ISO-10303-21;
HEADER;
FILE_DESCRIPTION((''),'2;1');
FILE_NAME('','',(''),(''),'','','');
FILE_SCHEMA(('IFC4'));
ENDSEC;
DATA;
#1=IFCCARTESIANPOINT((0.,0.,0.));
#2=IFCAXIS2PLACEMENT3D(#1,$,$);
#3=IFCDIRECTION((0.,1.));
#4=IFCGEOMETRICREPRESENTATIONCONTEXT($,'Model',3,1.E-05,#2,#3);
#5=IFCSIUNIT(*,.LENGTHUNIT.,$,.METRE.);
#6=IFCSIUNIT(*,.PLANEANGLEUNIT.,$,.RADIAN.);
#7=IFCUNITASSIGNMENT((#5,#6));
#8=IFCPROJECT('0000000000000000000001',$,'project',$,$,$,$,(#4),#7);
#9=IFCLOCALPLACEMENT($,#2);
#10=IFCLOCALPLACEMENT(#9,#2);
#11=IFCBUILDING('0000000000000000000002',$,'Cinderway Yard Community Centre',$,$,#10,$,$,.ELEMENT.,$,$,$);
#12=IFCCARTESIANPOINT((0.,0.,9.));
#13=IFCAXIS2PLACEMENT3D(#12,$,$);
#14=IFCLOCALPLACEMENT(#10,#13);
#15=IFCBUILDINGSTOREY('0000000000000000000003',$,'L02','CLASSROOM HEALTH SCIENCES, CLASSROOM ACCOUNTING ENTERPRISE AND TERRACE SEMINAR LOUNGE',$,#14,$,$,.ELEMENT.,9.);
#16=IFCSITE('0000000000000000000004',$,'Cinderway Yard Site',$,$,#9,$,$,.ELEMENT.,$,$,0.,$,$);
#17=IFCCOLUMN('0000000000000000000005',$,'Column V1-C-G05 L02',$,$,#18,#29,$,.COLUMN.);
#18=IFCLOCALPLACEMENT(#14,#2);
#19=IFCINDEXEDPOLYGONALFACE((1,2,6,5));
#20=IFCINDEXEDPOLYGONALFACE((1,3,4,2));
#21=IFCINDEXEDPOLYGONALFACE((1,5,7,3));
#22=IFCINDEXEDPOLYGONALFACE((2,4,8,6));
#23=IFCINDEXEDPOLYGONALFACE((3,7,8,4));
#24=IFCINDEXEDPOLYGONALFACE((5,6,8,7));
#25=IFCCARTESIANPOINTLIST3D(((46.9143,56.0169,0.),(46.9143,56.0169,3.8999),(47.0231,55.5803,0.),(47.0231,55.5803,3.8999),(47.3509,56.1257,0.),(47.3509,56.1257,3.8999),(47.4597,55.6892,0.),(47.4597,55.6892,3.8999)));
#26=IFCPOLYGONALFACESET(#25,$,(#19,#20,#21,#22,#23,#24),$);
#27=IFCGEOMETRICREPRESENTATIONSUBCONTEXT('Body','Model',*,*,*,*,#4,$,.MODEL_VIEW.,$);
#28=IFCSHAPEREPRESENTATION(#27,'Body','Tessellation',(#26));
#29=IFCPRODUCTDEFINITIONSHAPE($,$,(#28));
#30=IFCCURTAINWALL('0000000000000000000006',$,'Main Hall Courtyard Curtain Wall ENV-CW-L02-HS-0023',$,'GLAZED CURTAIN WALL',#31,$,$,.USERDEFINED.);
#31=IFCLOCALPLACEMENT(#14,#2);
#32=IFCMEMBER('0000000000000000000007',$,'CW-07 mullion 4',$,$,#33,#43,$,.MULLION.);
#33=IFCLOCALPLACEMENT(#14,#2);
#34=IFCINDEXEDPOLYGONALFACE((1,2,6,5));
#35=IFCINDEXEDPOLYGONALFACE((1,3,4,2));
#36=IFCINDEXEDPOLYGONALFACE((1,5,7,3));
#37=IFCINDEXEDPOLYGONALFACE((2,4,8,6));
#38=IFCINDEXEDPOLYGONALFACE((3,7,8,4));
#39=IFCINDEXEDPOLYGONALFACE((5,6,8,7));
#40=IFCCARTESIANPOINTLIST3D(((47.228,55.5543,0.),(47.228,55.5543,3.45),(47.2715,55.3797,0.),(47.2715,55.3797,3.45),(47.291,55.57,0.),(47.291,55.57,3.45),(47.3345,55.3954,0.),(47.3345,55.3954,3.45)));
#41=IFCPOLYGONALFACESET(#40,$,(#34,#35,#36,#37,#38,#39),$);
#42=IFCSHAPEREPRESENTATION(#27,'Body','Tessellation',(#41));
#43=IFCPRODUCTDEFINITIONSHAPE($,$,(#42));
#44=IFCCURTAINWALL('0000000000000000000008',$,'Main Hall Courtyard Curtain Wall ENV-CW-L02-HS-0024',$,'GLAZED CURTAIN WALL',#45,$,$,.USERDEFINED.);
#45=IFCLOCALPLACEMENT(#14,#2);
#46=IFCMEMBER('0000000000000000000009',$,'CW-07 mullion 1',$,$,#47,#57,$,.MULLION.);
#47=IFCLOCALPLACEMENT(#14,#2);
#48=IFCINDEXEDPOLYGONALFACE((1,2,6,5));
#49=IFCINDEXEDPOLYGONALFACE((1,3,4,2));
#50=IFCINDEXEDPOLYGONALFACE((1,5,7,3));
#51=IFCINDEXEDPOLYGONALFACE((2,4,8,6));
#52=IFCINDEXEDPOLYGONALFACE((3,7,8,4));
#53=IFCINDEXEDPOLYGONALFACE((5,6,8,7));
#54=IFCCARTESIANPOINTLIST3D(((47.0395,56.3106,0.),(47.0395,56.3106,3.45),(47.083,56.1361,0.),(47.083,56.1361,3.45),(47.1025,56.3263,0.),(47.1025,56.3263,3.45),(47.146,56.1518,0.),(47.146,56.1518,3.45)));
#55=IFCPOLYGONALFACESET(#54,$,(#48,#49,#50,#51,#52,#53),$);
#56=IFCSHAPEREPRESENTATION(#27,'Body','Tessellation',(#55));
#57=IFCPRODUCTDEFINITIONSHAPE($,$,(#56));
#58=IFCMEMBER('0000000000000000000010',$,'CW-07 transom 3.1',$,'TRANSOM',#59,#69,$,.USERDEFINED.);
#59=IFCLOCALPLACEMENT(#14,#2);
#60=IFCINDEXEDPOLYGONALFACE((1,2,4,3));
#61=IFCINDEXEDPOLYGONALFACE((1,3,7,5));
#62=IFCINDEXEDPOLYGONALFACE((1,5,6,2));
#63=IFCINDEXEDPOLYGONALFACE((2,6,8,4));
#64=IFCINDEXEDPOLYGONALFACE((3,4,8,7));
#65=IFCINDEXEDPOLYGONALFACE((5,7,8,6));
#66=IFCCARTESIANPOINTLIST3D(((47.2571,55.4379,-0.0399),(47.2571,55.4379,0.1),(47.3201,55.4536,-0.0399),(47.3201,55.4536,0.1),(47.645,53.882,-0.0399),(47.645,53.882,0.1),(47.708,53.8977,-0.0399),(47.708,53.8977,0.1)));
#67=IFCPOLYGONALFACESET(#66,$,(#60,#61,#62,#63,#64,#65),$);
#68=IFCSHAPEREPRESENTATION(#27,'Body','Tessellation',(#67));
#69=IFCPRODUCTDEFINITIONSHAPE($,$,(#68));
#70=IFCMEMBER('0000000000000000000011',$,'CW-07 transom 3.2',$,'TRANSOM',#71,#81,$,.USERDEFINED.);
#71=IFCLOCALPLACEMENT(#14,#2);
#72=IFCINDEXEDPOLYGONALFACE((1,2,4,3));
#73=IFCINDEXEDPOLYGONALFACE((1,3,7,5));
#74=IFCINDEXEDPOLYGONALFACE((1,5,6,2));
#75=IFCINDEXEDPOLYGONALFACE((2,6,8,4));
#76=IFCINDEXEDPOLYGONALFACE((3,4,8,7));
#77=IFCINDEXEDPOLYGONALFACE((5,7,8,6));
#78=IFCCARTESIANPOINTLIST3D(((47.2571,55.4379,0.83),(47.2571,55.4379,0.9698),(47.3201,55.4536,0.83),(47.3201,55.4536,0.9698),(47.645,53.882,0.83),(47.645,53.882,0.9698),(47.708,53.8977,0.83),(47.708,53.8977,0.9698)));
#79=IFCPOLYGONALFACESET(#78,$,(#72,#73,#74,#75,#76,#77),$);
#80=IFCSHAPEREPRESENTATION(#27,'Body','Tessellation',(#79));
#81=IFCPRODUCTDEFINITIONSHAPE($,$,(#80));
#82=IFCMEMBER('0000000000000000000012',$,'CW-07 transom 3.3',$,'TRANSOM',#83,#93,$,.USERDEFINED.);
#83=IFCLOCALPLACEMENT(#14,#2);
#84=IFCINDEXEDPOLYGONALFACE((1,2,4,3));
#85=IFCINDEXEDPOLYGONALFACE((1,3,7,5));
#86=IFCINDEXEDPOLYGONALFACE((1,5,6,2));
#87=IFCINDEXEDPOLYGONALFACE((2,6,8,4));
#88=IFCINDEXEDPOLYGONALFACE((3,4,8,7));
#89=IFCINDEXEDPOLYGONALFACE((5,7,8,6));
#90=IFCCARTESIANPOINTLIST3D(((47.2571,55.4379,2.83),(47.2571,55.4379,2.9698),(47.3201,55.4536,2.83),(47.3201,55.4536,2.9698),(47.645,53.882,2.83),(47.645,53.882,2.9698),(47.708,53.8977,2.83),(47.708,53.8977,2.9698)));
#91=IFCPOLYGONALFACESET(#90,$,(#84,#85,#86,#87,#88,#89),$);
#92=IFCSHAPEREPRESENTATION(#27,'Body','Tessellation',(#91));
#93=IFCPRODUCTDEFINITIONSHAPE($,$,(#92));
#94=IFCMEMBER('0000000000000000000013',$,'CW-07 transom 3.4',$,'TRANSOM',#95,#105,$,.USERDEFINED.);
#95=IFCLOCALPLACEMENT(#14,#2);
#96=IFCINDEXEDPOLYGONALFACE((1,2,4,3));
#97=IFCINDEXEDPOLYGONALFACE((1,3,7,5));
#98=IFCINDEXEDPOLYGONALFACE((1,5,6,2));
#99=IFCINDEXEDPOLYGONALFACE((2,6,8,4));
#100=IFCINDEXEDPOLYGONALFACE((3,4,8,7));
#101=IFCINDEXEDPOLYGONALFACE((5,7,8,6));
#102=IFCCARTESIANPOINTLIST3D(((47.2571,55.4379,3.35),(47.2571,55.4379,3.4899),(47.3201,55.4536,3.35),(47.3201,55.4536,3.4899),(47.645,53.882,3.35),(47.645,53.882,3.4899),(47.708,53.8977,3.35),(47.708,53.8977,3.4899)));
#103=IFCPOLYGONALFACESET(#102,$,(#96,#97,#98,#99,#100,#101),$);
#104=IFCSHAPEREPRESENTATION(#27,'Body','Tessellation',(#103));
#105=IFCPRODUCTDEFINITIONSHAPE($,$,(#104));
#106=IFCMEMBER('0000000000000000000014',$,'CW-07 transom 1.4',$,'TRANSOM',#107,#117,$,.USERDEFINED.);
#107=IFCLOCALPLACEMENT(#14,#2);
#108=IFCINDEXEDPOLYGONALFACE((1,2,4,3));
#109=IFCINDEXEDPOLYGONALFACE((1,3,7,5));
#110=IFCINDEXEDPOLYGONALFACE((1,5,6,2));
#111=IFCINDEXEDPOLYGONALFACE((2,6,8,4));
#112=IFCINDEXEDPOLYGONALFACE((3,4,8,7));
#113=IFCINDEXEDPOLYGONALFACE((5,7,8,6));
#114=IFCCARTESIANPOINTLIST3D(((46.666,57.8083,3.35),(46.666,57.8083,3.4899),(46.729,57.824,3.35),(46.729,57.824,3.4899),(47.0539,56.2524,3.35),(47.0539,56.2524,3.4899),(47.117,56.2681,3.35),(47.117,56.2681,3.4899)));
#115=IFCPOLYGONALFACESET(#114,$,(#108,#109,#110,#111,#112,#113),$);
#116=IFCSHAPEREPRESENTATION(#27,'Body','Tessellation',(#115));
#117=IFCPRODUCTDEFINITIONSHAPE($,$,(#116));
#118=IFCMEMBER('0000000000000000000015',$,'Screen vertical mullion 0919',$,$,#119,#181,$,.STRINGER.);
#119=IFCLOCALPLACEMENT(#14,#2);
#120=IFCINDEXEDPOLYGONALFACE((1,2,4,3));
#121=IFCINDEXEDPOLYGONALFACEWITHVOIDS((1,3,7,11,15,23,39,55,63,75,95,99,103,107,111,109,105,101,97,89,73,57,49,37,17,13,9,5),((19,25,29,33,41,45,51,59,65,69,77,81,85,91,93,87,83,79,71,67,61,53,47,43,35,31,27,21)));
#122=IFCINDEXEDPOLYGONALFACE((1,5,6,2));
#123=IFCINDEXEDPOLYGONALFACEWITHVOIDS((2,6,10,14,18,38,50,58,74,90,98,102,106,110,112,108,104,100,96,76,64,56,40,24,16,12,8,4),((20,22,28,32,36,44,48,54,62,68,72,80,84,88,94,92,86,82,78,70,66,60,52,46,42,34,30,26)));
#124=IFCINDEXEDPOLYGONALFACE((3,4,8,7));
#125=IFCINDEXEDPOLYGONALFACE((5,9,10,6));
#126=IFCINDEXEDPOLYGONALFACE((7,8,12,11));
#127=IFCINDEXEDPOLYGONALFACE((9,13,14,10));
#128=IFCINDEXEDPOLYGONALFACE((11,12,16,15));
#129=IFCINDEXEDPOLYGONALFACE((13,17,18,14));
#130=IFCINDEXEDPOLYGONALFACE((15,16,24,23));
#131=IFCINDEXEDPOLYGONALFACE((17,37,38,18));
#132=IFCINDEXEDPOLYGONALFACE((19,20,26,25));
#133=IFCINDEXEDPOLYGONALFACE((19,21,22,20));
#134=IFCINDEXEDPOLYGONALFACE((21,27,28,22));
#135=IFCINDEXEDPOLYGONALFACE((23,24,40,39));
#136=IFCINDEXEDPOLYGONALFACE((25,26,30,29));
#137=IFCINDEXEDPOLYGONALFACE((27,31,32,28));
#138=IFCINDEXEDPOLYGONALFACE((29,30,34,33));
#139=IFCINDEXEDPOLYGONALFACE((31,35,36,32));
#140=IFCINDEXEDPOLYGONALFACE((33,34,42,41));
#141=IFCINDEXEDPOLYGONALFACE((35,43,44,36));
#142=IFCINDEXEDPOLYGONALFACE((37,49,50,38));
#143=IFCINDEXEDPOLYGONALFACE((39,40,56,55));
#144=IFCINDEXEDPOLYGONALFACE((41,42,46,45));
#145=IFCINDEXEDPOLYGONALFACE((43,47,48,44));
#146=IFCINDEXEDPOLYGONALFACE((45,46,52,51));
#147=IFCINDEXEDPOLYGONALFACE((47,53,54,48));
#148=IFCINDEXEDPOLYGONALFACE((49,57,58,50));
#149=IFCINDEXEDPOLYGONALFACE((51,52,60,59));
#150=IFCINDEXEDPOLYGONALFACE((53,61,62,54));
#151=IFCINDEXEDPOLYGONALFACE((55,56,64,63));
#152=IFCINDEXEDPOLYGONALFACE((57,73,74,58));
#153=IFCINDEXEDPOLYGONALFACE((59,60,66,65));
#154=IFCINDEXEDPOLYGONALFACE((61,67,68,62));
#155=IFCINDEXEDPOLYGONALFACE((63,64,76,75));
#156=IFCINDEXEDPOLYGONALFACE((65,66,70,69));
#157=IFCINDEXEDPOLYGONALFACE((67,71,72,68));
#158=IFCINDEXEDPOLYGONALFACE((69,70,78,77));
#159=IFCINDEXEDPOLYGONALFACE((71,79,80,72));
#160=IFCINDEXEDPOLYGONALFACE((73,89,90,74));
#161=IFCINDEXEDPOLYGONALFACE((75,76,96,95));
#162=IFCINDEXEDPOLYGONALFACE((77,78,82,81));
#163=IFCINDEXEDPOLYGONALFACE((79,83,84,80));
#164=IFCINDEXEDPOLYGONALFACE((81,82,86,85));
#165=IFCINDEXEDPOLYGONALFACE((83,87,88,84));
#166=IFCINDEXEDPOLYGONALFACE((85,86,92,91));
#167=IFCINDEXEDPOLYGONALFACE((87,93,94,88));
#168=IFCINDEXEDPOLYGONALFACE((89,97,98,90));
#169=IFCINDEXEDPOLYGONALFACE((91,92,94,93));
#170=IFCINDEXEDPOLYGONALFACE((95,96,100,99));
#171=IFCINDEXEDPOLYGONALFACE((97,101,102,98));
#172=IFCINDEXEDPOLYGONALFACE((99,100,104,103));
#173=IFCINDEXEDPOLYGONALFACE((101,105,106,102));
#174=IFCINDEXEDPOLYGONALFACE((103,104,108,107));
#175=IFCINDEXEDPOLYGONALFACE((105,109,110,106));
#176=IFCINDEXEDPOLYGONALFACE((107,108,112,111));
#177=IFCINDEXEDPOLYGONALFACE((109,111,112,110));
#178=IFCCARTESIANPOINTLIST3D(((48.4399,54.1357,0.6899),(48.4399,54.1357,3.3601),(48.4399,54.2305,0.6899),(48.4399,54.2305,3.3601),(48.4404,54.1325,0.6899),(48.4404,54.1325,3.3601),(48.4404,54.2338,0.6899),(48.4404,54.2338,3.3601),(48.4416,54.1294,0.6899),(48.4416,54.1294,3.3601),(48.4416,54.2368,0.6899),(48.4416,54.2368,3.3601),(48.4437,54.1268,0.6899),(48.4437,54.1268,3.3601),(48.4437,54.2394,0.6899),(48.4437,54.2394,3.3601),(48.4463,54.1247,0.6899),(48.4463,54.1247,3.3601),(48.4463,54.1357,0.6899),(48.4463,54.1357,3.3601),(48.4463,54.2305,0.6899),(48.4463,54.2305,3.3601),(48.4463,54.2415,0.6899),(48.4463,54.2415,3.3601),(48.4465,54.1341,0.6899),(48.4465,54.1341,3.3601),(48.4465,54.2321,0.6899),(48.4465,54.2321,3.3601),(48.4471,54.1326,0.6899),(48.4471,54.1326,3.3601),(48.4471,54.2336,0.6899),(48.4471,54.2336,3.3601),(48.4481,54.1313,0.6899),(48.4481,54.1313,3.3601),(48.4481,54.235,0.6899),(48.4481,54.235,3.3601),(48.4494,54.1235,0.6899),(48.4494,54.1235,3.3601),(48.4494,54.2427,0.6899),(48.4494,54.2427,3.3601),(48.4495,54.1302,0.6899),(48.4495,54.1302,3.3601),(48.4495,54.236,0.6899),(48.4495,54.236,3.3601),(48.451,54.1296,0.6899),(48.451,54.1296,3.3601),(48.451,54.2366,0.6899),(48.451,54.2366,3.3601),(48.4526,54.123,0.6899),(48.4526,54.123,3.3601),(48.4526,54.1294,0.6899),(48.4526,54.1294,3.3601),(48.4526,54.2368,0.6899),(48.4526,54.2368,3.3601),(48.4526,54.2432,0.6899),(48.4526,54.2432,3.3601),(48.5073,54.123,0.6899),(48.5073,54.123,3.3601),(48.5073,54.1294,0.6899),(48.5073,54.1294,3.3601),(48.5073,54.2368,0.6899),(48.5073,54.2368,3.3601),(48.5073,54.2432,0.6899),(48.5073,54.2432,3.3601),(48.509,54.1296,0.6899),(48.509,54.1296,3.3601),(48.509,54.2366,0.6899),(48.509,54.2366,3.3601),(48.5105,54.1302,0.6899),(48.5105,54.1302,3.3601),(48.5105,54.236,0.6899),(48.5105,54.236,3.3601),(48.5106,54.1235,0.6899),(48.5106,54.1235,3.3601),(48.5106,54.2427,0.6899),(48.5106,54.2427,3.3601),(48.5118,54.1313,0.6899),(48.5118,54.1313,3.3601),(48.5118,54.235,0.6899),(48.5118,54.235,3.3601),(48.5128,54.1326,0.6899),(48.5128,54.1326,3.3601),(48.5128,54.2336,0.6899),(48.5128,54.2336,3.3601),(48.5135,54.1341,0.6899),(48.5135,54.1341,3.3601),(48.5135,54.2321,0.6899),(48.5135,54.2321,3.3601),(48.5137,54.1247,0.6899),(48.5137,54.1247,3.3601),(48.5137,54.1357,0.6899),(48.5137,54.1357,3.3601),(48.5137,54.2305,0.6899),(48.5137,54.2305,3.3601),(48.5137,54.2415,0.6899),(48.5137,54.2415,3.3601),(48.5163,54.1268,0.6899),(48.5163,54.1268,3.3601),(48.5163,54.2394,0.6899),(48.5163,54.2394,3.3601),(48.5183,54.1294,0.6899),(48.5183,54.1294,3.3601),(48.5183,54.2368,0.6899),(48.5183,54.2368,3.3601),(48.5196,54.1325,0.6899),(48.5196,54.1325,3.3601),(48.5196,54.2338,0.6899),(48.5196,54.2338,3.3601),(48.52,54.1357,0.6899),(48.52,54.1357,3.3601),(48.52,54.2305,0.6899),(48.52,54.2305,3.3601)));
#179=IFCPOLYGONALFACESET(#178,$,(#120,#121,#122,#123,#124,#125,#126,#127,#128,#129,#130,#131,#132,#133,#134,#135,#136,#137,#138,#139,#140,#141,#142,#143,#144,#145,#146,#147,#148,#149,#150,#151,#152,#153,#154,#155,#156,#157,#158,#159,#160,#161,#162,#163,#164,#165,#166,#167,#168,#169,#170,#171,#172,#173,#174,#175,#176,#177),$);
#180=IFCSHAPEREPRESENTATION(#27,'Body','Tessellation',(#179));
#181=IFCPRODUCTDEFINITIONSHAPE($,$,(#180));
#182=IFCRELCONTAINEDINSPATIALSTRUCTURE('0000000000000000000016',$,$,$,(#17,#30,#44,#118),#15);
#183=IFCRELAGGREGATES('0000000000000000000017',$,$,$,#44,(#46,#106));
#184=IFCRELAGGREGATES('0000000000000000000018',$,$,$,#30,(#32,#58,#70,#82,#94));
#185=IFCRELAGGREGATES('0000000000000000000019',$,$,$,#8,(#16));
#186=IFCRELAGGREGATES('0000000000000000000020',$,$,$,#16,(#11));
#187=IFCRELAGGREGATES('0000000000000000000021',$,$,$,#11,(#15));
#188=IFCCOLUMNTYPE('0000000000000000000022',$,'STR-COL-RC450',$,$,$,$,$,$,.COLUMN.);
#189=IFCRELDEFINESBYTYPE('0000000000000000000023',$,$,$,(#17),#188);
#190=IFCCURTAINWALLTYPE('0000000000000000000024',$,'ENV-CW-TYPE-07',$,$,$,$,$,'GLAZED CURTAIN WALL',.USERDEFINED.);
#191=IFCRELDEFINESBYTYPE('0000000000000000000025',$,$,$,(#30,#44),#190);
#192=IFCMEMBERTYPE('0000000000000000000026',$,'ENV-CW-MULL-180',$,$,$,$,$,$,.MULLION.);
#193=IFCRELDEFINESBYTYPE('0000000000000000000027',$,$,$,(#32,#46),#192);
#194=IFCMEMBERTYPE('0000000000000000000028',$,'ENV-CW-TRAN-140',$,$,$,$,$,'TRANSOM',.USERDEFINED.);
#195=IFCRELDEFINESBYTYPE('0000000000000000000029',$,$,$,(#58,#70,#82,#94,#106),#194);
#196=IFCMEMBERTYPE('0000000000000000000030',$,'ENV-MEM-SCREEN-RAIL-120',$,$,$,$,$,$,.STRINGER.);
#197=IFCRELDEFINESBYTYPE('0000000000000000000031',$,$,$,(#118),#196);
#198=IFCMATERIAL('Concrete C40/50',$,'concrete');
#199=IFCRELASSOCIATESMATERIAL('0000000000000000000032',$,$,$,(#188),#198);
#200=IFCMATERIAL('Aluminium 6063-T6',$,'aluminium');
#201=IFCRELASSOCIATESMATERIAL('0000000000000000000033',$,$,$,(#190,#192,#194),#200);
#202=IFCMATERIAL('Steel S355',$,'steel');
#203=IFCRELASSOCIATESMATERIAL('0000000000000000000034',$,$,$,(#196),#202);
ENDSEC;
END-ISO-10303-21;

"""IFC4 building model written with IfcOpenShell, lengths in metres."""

from ifc_helpers import new_model, si_unit, direction, frame, origin, origin_2d, place, context, subcontext, project, spatial, rectangle, hollow_rectangle, extrude, material, material_profile, profile_set, type_object, element, aggregate, save


model = new_model("IFC4")

# Units and contexts
model_context = context("Model", 3, precision=1e-05, world=origin(), true_north=direction((0.0, 1.0)))
body_context = subcontext(model_context, "Body", "Model", "MODEL_VIEW")
ifc_project = project(units=[si_unit("LENGTHUNIT", "METRE"), si_unit("PLANEANGLEUNIT", "RADIAN")], contexts=[model_context])

# Site, building, storey
site_placement = place(None, origin())
site = spatial("IfcSite", under=ifc_project, at=site_placement, Name="Cinderway Yard Site", CompositionType="ELEMENT", RefElevation=0.0)
building_placement = place(site_placement, origin())
building = spatial("IfcBuilding", under=site, at=building_placement, Name="Cinderway Yard Community Centre", CompositionType="ELEMENT")
storey_placement = place(building_placement, frame((0.0, 0.0, 9.0)))
storey = spatial("IfcBuildingStorey", under=building, at=storey_placement, Name="L02", Description="CLASSROOM HEALTH SCIENCES, CLASSROOM ACCOUNTING ENTERPRISE AND TERRACE SEMINAR LOUNGE", CompositionType="ELEMENT", Elevation=9.0)

# Column
ifc_material_1 = material(Name="Concrete C40/50", Category="concrete")
ifc_material_profile_1 = material_profile(ifc_material_1, rectangle(XDim=0.45, YDim=0.45, at=origin_2d()), Name="Concrete C40/50")
ifc_profile_set_1 = profile_set([ifc_material_profile_1], Name="Concrete C40/50")
column_type = type_object("IfcColumnType", Name="STR-COL-RC450", PredefinedType="COLUMN", material=ifc_profile_set_1)
column_placement = place(storey_placement, frame((47.187, 55.853, 0.0), z_axis=(0.0, 0.0, 1.0), x_axis=(0.970296, 0.241922, 0.0)))
element("IfcColumn", 1, at=column_placement, inside=storey, type_object=column_type, Name="Column V1-C-G05 L02", PredefinedType="COLUMN", context=body_context, shape_type="SweptSolid", body=[
    extrude(rectangle(XDim=0.45, YDim=0.45, at=origin_2d()), origin(), (0.0, 0.0, 1.0), 3.8999),
])

# Curtain walls, members
ifc_material_2 = material(Name="Aluminium 6063-T6", Category="aluminium")
curtain_wall_type = type_object("IfcCurtainWallType", Name="ENV-CW-TYPE-07", ElementType="GLAZED CURTAIN WALL", PredefinedType="USERDEFINED", material=ifc_material_2)
curtain_wall_1_placement = place(storey_placement, origin())
curtain_wall_1 = element("IfcCurtainWall", 2, at=curtain_wall_1_placement, inside=storey, type_object=curtain_wall_type, Name="Main Hall Courtyard Curtain Wall ENV-CW-L02-HS-0023", ObjectType="GLAZED CURTAIN WALL", PredefinedType="USERDEFINED")
ifc_material_profile_2 = material_profile(ifc_material_2, rectangle(XDim=0.0649, YDim=0.1799, at=origin_2d()), Name="Aluminium 6063-T6")
ifc_profile_set_2 = profile_set([ifc_material_profile_2], Name="Aluminium 6063-T6")
member_type_1 = type_object("IfcMemberType", Name="ENV-CW-MULL-180", PredefinedType="MULLION", material=ifc_profile_set_2)
member_1_placement = place(storey_placement, frame((47.2812, 55.4749, 0.0), z_axis=(0.0, 0.0, 1.0), x_axis=(-0.970304, -0.241887, 0.0)))
member_1 = element("IfcMember", 3, at=member_1_placement, type_object=member_type_1, Name="CW-07 mullion 4", PredefinedType="MULLION", context=body_context, shape_type="SweptSolid", body=[
    extrude(rectangle(XDim=0.0649, YDim=0.1799, at=origin_2d()), origin(), (0.0, 0.0, 1.0), 3.45),
])
curtain_wall_2_placement = place(storey_placement, origin())
curtain_wall_2 = element("IfcCurtainWall", 4, at=curtain_wall_2_placement, inside=storey, type_object=curtain_wall_type, Name="Main Hall Courtyard Curtain Wall ENV-CW-L02-HS-0024", ObjectType="GLAZED CURTAIN WALL", PredefinedType="USERDEFINED")
member_2_placement = place(storey_placement, frame((47.0928, 56.2312, 0.0), z_axis=(0.0, 0.0, 1.0), x_axis=(-0.970304, -0.241887, 0.0)))
member_2 = element("IfcMember", 5, at=member_2_placement, type_object=member_type_1, Name="CW-07 mullion 1", PredefinedType="MULLION", context=body_context, shape_type="SweptSolid", body=[
    extrude(rectangle(XDim=0.0649, YDim=0.1799, at=origin_2d()), origin(), (0.0, 0.0, 1.0), 3.45),
])

# Members
ifc_material_profile_3 = material_profile(ifc_material_2, rectangle(XDim=0.0649, YDim=0.1399, at=origin_2d()), Name="Aluminium 6063-T6")
ifc_profile_set_3 = profile_set([ifc_material_profile_3], Name="Aluminium 6063-T6")
member_type_2 = type_object("IfcMemberType", Name="ENV-CW-TRAN-140", ElementType="TRANSOM", PredefinedType="USERDEFINED", material=ifc_profile_set_3)
member_3_placement = place(storey_placement, frame((47.6765, 53.8899, 0.03), z_axis=(-0.241927, 0.970295, 0.0), x_axis=(-0.970295, -0.241927, 0.0)))
member_3 = element("IfcMember", 6, at=member_3_placement, type_object=member_type_2, Name="CW-07 transom 3.1", ObjectType="TRANSOM", PredefinedType="USERDEFINED", context=body_context, shape_type="SweptSolid", body=[
    extrude(rectangle(XDim=0.0649, YDim=0.1399, at=origin_2d()), origin(), (0.0, 0.0, 1.0), 1.6035),
])
member_4_placement = place(storey_placement, frame((47.6765, 53.8899, 0.8999), z_axis=(-0.241927, 0.970295, 0.0), x_axis=(-0.970295, -0.241927, 0.0)))
member_4 = element("IfcMember", 7, at=member_4_placement, type_object=member_type_2, Name="CW-07 transom 3.2", ObjectType="TRANSOM", PredefinedType="USERDEFINED", context=body_context, shape_type="SweptSolid", body=[
    extrude(rectangle(XDim=0.0649, YDim=0.1399, at=origin_2d()), origin(), (0.0, 0.0, 1.0), 1.6035),
])
member_5_placement = place(storey_placement, frame((47.6765, 53.8899, 2.8999), z_axis=(-0.241927, 0.970295, 0.0), x_axis=(-0.970295, -0.241927, 0.0)))
member_5 = element("IfcMember", 8, at=member_5_placement, type_object=member_type_2, Name="CW-07 transom 3.3", ObjectType="TRANSOM", PredefinedType="USERDEFINED", context=body_context, shape_type="SweptSolid", body=[
    extrude(rectangle(XDim=0.0649, YDim=0.1399, at=origin_2d()), origin(), (0.0, 0.0, 1.0), 1.6035),
])
member_6_placement = place(storey_placement, frame((47.6765, 53.8899, 3.4199), z_axis=(-0.241927, 0.970295, 0.0), x_axis=(-0.970295, -0.241927, 0.0)))
member_6 = element("IfcMember", 9, at=member_6_placement, type_object=member_type_2, Name="CW-07 transom 3.4", ObjectType="TRANSOM", PredefinedType="USERDEFINED", context=body_context, shape_type="SweptSolid", body=[
    extrude(rectangle(XDim=0.0649, YDim=0.1399, at=origin_2d()), origin(), (0.0, 0.0, 1.0), 1.6035),
])
member_7_placement = place(storey_placement, frame((47.0854, 56.2603, 3.4199), z_axis=(-0.241927, 0.970295, 0.0), x_axis=(-0.970295, -0.241927, 0.0)))
member_7 = element("IfcMember", 10, at=member_7_placement, type_object=member_type_2, Name="CW-07 transom 1.4", ObjectType="TRANSOM", PredefinedType="USERDEFINED", context=body_context, shape_type="SweptSolid", body=[
    extrude(rectangle(XDim=0.0649, YDim=0.1399, at=origin_2d()), origin(), (0.0, 0.0, 1.0), 1.6035),
])
aggregate(curtain_wall_2, [member_2, member_7])

# Member
ifc_material_3 = material(Name="Steel S355", Category="steel")
ifc_material_profile_4 = material_profile(ifc_material_3, hollow_rectangle(XDim=0.0801, YDim=0.1201, WallThickness=0.0063, InnerFilletRadius=0.0063, OuterFilletRadius=0.0127, at=origin_2d()), Name="Steel S355")
ifc_profile_set_4 = profile_set([ifc_material_profile_4], Name="Steel S355")
member_type_3 = type_object("IfcMemberType", Name="ENV-MEM-SCREEN-RAIL-120", PredefinedType="STRINGER", material=ifc_profile_set_4)
for number, where, z_axis, x_axis, name in (
    (11, (48.48, 54.1831, 0.6899), (0.0, 0.0, 1.0), (1.0, 0.0, 0.0), "Screen vertical mullion 0919"),
):
    element("IfcMember", number, at=place(storey_placement, frame(where, z_axis=z_axis, x_axis=x_axis)), inside=storey, type_object=member_type_3, Name=name, PredefinedType="STRINGER", context=body_context, shape_type="SweptSolid", body=[
        extrude(hollow_rectangle(XDim=0.0801, YDim=0.1201, WallThickness=0.0063, InnerFilletRadius=0.0063, OuterFilletRadius=0.0127, at=origin_2d()), origin(), (0.0, 0.0, 1.0), 2.6702),
    ])

aggregate(curtain_wall_1, [member_1, member_3, member_4, member_5, member_6])

save(model, "model.ifc")
